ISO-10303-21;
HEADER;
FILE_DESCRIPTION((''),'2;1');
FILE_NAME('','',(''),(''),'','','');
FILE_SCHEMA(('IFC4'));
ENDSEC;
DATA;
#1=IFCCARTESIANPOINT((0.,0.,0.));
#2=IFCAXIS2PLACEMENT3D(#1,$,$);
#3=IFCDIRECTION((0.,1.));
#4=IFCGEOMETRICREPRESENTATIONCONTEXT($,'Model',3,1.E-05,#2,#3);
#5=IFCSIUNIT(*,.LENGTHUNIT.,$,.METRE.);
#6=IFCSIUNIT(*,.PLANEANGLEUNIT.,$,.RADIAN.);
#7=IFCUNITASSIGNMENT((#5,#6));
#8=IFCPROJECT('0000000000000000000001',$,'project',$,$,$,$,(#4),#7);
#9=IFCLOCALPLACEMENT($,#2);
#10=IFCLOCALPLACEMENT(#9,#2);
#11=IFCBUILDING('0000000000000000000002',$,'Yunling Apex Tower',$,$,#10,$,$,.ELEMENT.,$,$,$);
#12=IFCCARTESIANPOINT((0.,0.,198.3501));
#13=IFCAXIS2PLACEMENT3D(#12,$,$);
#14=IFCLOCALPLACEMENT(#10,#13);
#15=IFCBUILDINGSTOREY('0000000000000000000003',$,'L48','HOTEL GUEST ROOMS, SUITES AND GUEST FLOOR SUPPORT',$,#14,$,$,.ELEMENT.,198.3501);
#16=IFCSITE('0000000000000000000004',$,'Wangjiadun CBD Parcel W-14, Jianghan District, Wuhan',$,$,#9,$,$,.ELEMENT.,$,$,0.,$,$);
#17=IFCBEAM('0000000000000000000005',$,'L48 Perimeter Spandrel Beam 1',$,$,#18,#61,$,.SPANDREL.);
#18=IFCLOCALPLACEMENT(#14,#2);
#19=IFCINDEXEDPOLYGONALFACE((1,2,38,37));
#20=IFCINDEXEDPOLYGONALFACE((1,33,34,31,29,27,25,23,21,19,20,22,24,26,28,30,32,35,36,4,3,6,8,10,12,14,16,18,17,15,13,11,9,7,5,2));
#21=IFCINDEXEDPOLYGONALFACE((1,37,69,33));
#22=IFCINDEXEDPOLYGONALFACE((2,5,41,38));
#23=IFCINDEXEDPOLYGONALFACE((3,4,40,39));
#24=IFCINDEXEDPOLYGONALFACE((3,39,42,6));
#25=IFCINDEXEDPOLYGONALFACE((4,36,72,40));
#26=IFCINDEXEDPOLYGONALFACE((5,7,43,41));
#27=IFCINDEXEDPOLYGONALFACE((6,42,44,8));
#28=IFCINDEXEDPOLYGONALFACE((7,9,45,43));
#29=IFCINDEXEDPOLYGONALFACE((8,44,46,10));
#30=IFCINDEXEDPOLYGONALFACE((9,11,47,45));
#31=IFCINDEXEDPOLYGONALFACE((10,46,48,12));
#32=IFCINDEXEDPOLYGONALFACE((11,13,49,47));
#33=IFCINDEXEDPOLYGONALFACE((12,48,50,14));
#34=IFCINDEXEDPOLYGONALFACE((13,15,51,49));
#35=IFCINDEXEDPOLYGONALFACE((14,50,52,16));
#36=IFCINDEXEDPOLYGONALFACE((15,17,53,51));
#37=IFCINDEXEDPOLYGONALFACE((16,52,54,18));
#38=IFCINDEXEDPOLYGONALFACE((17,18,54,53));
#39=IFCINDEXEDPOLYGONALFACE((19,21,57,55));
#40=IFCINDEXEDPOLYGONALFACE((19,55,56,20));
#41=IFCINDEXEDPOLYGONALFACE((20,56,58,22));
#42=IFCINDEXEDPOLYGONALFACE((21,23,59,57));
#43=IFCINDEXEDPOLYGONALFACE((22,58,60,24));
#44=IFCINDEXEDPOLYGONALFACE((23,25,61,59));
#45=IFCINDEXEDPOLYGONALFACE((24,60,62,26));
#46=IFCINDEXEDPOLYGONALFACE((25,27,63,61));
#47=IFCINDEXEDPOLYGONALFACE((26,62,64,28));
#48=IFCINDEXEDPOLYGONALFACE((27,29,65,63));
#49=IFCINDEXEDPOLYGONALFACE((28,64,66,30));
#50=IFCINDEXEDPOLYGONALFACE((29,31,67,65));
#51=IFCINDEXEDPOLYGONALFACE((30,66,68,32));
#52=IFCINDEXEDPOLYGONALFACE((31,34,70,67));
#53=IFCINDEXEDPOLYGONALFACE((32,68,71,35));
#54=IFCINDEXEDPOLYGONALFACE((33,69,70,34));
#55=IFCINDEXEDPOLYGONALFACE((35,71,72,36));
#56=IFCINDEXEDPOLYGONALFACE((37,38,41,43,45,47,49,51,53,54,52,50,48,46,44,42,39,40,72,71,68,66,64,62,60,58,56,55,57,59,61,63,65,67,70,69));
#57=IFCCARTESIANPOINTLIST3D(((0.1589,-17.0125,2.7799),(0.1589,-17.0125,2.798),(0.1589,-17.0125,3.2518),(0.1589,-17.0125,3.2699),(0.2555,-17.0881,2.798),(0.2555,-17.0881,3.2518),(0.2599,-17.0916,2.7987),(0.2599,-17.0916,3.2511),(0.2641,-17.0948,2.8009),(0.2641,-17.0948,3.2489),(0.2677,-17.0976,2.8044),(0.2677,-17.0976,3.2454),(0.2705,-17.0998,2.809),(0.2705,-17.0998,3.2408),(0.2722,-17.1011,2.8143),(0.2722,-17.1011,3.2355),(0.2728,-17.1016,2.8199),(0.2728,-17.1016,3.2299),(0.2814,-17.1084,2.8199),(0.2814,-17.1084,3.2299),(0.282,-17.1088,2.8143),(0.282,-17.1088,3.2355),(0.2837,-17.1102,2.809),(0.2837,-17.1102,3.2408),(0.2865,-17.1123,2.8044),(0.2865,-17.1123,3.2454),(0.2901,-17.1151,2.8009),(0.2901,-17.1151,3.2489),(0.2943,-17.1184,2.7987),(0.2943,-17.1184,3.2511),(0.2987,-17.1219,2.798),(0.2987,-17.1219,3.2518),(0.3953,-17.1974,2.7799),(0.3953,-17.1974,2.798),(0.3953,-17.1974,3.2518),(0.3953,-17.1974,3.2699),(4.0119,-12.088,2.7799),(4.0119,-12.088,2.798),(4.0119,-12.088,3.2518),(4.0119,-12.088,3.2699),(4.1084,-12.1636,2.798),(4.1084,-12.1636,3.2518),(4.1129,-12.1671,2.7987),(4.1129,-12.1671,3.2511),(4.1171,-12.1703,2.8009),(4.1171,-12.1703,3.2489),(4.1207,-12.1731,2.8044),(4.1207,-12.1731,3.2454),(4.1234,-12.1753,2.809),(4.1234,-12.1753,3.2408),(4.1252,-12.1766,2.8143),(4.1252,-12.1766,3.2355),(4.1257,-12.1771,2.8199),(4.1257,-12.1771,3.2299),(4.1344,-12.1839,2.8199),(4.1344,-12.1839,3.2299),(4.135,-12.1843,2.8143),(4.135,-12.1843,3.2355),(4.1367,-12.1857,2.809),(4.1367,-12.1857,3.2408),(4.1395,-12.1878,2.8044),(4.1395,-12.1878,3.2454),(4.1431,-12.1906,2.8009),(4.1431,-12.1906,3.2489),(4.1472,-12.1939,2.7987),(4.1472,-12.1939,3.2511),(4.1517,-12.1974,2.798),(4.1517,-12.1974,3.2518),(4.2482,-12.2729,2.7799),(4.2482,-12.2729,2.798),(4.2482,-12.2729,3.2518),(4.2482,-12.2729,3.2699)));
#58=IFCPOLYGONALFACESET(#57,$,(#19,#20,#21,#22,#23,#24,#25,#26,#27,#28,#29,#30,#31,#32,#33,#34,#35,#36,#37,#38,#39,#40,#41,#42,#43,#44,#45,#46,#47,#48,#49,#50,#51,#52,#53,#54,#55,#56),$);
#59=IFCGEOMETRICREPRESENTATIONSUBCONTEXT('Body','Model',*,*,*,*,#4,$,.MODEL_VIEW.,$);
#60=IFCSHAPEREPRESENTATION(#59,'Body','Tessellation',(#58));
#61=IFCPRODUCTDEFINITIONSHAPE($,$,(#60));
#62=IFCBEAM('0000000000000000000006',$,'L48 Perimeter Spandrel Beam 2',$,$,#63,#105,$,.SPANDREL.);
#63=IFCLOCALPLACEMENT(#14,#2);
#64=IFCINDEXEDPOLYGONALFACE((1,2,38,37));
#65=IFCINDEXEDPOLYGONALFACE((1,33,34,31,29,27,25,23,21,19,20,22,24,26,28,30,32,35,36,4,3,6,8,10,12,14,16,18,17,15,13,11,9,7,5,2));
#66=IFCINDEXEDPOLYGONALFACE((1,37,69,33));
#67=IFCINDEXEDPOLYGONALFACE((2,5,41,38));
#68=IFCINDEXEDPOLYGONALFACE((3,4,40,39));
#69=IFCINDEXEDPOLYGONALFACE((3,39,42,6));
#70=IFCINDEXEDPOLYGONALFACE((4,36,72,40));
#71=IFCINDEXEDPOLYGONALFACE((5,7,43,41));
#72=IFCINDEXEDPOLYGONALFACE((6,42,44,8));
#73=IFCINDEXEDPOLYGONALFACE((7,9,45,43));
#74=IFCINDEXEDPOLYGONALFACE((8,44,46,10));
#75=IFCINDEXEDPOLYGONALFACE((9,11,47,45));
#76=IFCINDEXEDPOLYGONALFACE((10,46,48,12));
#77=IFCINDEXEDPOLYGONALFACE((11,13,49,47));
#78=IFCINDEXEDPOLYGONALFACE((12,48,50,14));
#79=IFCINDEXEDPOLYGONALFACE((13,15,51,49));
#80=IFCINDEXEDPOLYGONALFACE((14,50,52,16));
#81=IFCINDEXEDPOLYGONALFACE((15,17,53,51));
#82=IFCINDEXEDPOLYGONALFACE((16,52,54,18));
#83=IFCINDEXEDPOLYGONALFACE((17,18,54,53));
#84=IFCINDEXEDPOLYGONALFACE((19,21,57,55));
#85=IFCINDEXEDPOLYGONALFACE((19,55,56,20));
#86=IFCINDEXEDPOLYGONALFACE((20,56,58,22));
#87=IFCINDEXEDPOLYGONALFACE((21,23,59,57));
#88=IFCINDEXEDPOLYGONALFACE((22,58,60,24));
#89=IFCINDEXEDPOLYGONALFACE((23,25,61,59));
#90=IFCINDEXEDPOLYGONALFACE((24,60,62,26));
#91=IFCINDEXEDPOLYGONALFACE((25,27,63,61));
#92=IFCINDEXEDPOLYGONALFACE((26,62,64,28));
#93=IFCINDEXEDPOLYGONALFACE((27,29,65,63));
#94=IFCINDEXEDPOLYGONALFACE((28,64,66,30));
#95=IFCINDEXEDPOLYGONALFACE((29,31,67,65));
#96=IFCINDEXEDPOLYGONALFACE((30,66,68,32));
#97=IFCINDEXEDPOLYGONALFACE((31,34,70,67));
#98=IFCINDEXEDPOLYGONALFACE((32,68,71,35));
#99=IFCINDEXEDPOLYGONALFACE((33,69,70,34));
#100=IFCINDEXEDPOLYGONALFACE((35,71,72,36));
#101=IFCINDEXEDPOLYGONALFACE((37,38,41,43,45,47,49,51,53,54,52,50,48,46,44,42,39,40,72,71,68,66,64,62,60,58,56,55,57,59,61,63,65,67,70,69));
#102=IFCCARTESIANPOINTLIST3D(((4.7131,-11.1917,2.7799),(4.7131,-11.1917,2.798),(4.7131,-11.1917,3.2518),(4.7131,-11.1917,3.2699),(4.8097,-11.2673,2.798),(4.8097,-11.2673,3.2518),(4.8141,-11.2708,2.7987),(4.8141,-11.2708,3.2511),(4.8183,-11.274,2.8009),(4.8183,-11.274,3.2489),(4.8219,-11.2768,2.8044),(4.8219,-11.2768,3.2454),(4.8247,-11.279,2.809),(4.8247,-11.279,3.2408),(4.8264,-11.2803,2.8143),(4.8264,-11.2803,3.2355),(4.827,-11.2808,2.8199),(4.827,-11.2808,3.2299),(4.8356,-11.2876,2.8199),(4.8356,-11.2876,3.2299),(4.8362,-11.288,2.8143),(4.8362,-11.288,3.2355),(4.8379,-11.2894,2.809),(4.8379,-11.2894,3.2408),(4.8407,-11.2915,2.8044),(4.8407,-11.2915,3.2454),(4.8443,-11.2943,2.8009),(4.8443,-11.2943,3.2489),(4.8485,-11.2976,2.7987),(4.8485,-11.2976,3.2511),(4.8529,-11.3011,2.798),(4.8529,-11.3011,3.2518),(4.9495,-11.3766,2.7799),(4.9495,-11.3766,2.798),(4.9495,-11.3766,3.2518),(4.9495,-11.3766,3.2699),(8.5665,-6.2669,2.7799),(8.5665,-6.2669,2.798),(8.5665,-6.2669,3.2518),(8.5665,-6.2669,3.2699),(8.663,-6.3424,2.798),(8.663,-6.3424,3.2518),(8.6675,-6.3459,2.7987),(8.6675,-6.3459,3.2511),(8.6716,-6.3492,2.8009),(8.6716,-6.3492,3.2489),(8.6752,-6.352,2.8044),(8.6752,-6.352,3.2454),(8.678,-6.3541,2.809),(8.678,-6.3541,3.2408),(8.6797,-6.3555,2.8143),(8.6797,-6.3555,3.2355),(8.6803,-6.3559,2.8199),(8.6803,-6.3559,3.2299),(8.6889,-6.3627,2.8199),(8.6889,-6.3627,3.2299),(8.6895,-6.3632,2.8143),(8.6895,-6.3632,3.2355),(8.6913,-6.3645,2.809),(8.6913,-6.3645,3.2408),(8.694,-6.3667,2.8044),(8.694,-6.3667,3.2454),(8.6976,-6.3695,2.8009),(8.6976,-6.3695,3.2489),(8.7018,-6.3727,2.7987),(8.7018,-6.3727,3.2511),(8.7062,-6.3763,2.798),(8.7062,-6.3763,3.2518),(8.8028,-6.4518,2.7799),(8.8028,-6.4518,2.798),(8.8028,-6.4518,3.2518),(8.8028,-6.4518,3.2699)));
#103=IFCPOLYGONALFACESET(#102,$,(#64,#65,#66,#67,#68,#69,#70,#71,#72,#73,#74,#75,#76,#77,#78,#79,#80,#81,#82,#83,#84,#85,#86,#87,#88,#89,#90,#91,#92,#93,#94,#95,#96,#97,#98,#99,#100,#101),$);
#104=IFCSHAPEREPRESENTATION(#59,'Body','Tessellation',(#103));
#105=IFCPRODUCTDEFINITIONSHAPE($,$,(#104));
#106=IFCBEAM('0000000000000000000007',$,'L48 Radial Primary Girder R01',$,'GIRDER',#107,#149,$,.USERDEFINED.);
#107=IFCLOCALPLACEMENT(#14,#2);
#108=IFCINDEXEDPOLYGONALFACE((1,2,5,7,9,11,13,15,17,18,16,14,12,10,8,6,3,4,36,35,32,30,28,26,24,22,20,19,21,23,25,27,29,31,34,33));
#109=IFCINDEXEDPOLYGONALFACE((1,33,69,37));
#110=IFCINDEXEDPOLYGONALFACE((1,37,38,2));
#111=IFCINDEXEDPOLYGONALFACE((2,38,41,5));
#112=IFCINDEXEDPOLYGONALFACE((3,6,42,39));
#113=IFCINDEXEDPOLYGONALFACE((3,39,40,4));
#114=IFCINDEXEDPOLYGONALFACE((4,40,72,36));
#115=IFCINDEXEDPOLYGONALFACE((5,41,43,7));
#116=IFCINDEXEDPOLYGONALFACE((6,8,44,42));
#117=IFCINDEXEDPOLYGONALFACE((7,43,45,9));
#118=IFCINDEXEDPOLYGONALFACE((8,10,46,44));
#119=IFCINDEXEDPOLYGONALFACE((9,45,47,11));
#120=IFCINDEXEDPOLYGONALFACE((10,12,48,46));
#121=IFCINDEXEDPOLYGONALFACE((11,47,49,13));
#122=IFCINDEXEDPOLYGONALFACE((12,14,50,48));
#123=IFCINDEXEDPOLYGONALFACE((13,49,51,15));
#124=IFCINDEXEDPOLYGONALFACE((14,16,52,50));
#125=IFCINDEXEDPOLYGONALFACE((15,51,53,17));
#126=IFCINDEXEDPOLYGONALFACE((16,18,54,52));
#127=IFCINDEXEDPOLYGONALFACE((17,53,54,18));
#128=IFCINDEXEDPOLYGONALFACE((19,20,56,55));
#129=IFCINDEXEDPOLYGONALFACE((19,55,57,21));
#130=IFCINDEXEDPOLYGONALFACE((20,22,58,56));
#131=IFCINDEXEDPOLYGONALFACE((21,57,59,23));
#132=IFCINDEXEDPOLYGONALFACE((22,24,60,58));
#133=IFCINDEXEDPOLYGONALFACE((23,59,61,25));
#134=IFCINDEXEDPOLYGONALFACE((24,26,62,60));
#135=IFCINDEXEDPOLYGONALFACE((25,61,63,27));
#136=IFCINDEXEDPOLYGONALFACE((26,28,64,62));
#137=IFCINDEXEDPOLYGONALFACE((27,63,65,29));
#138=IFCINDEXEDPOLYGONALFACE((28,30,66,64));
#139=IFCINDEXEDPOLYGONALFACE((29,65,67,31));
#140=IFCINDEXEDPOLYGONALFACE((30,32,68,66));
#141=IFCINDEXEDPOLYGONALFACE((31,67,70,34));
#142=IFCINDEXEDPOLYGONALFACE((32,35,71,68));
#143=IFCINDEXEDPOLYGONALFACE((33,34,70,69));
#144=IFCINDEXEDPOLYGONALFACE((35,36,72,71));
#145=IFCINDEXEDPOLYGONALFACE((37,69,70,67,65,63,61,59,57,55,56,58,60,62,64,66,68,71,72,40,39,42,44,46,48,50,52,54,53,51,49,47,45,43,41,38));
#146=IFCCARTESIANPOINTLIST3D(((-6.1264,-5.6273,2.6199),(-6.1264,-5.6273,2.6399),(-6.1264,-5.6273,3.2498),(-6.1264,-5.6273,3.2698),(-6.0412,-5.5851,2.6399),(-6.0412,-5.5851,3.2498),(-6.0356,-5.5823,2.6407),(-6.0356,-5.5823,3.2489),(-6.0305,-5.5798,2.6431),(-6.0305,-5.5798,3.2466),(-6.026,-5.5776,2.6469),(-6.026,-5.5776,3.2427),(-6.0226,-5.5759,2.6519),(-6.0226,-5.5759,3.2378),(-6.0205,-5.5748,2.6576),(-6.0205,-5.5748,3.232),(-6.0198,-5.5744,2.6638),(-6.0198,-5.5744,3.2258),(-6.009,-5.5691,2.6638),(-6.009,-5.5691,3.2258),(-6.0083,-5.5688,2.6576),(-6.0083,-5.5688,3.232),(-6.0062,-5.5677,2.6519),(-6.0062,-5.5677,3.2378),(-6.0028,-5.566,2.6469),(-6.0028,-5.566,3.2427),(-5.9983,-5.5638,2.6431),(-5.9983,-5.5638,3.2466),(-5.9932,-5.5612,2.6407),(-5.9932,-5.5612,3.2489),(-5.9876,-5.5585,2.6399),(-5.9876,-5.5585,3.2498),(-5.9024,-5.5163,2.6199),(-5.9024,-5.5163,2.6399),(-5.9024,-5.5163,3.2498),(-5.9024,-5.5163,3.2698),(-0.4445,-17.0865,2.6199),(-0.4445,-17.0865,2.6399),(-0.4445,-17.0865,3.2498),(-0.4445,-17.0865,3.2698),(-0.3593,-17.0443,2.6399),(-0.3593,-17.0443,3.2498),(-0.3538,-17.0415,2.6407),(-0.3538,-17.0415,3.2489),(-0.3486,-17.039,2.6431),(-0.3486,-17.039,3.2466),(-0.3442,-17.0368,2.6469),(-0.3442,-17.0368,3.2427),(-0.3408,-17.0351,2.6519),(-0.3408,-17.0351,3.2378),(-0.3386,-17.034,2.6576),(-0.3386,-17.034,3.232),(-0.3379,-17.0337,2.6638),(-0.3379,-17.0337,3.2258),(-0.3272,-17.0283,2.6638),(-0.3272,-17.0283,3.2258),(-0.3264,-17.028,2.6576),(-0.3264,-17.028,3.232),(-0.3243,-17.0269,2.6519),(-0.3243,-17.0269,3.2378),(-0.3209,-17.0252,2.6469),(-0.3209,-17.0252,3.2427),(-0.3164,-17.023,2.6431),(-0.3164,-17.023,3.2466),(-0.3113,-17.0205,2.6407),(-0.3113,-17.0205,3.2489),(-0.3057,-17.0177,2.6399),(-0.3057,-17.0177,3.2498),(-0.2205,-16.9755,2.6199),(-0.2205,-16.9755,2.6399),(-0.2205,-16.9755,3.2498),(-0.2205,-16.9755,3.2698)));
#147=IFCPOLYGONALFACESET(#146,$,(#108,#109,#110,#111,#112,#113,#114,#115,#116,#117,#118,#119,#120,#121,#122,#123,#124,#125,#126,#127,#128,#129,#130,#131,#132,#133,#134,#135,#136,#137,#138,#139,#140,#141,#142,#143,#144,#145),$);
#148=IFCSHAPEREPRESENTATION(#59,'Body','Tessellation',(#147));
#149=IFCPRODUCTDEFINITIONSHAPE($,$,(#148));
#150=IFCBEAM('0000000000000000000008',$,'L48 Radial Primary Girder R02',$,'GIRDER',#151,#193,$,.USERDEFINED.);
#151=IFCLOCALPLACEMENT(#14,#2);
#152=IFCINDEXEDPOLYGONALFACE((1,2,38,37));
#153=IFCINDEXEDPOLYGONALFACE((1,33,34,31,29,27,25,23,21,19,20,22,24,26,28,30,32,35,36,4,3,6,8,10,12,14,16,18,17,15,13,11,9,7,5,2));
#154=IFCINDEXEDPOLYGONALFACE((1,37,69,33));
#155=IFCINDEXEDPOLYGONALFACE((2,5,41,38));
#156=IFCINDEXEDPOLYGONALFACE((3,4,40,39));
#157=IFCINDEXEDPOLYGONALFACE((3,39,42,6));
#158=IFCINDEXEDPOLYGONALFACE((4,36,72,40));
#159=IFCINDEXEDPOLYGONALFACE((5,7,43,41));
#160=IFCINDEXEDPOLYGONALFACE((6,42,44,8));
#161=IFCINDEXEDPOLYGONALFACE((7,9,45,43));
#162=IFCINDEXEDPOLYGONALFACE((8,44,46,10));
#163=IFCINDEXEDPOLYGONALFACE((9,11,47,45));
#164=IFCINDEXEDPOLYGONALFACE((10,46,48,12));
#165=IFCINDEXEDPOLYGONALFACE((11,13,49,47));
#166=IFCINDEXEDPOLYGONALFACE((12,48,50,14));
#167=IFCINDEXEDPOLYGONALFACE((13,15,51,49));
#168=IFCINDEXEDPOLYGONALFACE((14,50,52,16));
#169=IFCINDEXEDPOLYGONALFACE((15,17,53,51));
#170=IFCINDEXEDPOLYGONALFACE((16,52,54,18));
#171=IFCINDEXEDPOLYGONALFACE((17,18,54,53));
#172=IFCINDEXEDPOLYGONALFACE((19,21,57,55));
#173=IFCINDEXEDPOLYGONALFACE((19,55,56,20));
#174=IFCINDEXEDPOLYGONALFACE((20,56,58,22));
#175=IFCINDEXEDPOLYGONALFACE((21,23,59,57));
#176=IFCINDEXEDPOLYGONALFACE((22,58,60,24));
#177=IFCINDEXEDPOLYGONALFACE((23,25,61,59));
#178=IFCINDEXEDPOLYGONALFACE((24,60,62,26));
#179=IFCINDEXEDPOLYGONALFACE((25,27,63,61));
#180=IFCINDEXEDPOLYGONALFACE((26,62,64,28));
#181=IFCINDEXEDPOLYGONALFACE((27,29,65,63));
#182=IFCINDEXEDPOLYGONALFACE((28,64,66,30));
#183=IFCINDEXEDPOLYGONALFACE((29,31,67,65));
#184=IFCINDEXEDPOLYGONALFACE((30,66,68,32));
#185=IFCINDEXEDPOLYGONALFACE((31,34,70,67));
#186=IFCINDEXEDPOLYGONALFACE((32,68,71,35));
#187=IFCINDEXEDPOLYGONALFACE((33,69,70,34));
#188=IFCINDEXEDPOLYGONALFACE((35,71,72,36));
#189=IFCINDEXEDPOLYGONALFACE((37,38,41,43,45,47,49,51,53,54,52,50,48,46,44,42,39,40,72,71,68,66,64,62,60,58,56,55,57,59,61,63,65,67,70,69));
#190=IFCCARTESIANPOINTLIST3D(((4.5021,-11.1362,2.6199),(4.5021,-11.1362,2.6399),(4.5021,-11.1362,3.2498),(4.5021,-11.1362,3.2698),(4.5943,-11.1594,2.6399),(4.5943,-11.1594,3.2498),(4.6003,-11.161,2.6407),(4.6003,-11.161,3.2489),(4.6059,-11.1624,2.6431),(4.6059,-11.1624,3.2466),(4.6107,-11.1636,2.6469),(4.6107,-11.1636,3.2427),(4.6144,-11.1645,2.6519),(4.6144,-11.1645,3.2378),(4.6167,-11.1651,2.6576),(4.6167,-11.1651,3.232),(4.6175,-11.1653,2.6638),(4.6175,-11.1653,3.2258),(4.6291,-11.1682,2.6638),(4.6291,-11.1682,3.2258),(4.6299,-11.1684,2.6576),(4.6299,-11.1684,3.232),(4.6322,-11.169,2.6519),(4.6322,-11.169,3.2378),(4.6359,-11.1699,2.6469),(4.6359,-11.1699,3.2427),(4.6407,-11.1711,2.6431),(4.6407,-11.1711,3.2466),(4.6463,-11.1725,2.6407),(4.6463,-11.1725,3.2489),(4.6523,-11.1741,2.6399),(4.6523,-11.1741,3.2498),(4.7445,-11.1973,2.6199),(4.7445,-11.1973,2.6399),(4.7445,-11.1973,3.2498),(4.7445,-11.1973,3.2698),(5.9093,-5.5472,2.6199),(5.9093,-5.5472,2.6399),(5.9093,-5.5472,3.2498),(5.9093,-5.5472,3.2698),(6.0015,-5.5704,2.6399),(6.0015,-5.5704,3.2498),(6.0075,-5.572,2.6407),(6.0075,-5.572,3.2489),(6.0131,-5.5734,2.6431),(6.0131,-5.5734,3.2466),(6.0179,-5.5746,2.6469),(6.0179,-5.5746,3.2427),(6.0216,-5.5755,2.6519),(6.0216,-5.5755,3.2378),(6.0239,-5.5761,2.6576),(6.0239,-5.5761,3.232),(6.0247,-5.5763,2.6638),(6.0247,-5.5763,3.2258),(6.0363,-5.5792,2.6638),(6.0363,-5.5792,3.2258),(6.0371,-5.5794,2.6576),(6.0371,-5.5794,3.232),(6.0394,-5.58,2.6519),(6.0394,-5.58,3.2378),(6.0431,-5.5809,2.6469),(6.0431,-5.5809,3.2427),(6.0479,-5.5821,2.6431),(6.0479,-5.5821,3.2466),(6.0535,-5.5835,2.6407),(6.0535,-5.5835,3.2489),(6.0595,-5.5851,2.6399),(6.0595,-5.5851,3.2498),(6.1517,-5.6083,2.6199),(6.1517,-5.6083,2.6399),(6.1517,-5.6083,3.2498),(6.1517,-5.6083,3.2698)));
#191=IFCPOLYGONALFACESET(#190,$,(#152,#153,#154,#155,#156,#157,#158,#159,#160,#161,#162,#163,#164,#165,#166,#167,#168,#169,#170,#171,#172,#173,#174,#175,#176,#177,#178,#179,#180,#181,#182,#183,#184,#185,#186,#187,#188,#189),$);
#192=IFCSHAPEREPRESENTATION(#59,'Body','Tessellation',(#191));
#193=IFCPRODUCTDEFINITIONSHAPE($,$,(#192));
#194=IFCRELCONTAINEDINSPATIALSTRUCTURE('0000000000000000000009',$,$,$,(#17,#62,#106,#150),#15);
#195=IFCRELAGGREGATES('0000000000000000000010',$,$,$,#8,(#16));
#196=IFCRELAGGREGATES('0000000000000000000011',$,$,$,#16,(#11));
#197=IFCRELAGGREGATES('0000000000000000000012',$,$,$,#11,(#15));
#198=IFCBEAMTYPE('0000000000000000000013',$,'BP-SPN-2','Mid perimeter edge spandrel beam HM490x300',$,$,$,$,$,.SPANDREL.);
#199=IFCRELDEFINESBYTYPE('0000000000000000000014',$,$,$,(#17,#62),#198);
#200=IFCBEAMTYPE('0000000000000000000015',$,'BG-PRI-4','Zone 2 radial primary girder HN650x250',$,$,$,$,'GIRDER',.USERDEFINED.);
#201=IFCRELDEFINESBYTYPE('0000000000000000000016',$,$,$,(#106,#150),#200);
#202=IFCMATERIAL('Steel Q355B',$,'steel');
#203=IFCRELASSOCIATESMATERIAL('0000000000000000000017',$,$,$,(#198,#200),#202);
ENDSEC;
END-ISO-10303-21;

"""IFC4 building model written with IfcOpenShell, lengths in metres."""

from ifc_helpers import new_model, si_unit, direction, frame, origin, origin_2d, place, context, subcontext, project, spatial, i_section, extrude, source, transform, mapped, material, material_profile, profile_set, type_object, element, save


model = new_model("IFC4")

# Units and contexts
model_context = context("Model", 3, precision=1e-05, world=origin(), true_north=direction((0.0, 1.0)))
body_context = subcontext(model_context, "Body", "Model", "MODEL_VIEW")
ifc_project = project(units=[si_unit("LENGTHUNIT", "METRE"), si_unit("PLANEANGLEUNIT", "RADIAN")], contexts=[model_context])

# Site, building, storey
site_placement = place(None, origin())
site = spatial("IfcSite", under=ifc_project, at=site_placement, Name="Wangjiadun CBD Parcel W-14, Jianghan District, Wuhan", CompositionType="ELEMENT", RefElevation=0.0)
building_placement = place(site_placement, origin())
building = spatial("IfcBuilding", under=site, at=building_placement, Name="Yunling Apex Tower", CompositionType="ELEMENT")
storey_placement = place(building_placement, frame((0.0, 0.0, 198.3501)))
storey = spatial("IfcBuildingStorey", under=building, at=storey_placement, Name="L48", Description="HOTEL GUEST ROOMS, SUITES AND GUEST FLOOR SUPPORT", CompositionType="ELEMENT", Elevation=198.3501)

# Beams
ifc_material_1 = material(Name="Steel Q355B", Category="steel")
ifc_material_profile_1 = material_profile(ifc_material_1, i_section(OverallWidth=0.3, OverallDepth=0.49, WebThickness=0.011, FlangeThickness=0.0181, FilletRadius=0.022, at=origin_2d()))
ifc_profile_set_1 = profile_set([ifc_material_profile_1], Name="Steel Q355B")
beam_type_1 = type_object("IfcBeamType", Name="BP-SPN-2", Description="Mid perimeter edge spandrel beam HM490x300", PredefinedType="SPANDREL", material=ifc_profile_set_1)
shared_shape_1 = source(origin(), body_context, "Body", "SweptSolid", [
    extrude(i_section(OverallWidth=0.3, OverallDepth=0.49, WebThickness=0.011, FlangeThickness=0.0181, FilletRadius=0.022, at=origin_2d()), origin(), (0.0, 0.0, 1.0), 6.2527),
])
beam_1_placement = place(storey_placement, frame((0.2771, -17.105, 3.0249), z_axis=(0.616211, 0.787581, 0.0), x_axis=(-0.787581, 0.616211, 0.0)))
element("IfcBeam", 1, at=beam_1_placement, inside=storey, type_object=beam_type_1, Name="L48 Perimeter Spandrel Beam 1", PredefinedType="SPANDREL", context=body_context, shape_type="MappedRepresentation", body=[
    mapped(shared_shape_1, transform((0.0, 0.0, 0.0), scale=1.0)),
])
shared_shape_2 = source(origin(), body_context, "Body", "SweptSolid", [
    extrude(i_section(OverallWidth=0.3, OverallDepth=0.49, WebThickness=0.011, FlangeThickness=0.0181, FilletRadius=0.022, at=origin_2d()), origin(), (0.0, 0.0, 1.0), 6.2532),
])
beam_2_placement = place(storey_placement, frame((4.8313, -11.2842, 3.0249), z_axis=(0.616217, 0.787577, 0.0), x_axis=(-0.787577, 0.616217, 0.0)))
element("IfcBeam", 2, at=beam_2_placement, inside=storey, type_object=beam_type_1, Name="L48 Perimeter Spandrel Beam 2", PredefinedType="SPANDREL", context=body_context, shape_type="MappedRepresentation", body=[
    mapped(shared_shape_2, transform((0.0, 0.0, 0.0), scale=1.0)),
])
ifc_material_profile_2 = material_profile(ifc_material_1, i_section(OverallWidth=0.25, OverallDepth=0.6499, WebThickness=0.012, FlangeThickness=0.02, FilletRadius=0.0239, at=origin_2d()))
ifc_profile_set_2 = profile_set([ifc_material_profile_2], Name="Steel Q355B")
beam_type_2 = type_object("IfcBeamType", Name="BG-PRI-4", Description="Zone 2 radial primary girder HN650x250", ElementType="GIRDER", PredefinedType="USERDEFINED", material=ifc_profile_set_2)
shared_shape_3 = source(origin(), body_context, "Body", "SweptSolid", [
    extrude(i_section(OverallWidth=0.25, OverallDepth=0.6499, WebThickness=0.012, FlangeThickness=0.02, FilletRadius=0.0239, at=origin_2d()), origin(), (0.0, 0.0, 1.0), 12.7905),
])
beam_3_placement = place(storey_placement, frame((-0.3325, -17.031, 2.9448), z_axis=(-0.444226, 0.895915, 0.0), x_axis=(-0.895915, -0.444226, 0.0)))
element("IfcBeam", 3, at=beam_3_placement, inside=storey, type_object=beam_type_2, Name="L48 Radial Primary Girder R01", ObjectType="GIRDER", PredefinedType="USERDEFINED", context=body_context, shape_type="MappedRepresentation", body=[
    mapped(shared_shape_3, transform((0.0, 0.0, 0.0), scale=1.0)),
])
shared_shape_4 = source(origin(), body_context, "Body", "SweptSolid", [
    extrude(i_section(OverallWidth=0.25, OverallDepth=0.6499, WebThickness=0.012, FlangeThickness=0.02, FilletRadius=0.0239, at=origin_2d()), origin(), (0.0, 0.0, 1.0), 5.7634),
])
beam_4_placement = place(storey_placement, frame((4.6233, -11.1667, 2.9448), z_axis=(0.24416, 0.969735, 0.0), x_axis=(-0.969735, 0.24416, 0.0)))
element("IfcBeam", 4, at=beam_4_placement, inside=storey, type_object=beam_type_2, Name="L48 Radial Primary Girder R02", ObjectType="GIRDER", PredefinedType="USERDEFINED", context=body_context, shape_type="MappedRepresentation", body=[
    mapped(shared_shape_4, transform((0.0, 0.0, 0.0), scale=1.0)),
])

save(model, "model.ifc")
